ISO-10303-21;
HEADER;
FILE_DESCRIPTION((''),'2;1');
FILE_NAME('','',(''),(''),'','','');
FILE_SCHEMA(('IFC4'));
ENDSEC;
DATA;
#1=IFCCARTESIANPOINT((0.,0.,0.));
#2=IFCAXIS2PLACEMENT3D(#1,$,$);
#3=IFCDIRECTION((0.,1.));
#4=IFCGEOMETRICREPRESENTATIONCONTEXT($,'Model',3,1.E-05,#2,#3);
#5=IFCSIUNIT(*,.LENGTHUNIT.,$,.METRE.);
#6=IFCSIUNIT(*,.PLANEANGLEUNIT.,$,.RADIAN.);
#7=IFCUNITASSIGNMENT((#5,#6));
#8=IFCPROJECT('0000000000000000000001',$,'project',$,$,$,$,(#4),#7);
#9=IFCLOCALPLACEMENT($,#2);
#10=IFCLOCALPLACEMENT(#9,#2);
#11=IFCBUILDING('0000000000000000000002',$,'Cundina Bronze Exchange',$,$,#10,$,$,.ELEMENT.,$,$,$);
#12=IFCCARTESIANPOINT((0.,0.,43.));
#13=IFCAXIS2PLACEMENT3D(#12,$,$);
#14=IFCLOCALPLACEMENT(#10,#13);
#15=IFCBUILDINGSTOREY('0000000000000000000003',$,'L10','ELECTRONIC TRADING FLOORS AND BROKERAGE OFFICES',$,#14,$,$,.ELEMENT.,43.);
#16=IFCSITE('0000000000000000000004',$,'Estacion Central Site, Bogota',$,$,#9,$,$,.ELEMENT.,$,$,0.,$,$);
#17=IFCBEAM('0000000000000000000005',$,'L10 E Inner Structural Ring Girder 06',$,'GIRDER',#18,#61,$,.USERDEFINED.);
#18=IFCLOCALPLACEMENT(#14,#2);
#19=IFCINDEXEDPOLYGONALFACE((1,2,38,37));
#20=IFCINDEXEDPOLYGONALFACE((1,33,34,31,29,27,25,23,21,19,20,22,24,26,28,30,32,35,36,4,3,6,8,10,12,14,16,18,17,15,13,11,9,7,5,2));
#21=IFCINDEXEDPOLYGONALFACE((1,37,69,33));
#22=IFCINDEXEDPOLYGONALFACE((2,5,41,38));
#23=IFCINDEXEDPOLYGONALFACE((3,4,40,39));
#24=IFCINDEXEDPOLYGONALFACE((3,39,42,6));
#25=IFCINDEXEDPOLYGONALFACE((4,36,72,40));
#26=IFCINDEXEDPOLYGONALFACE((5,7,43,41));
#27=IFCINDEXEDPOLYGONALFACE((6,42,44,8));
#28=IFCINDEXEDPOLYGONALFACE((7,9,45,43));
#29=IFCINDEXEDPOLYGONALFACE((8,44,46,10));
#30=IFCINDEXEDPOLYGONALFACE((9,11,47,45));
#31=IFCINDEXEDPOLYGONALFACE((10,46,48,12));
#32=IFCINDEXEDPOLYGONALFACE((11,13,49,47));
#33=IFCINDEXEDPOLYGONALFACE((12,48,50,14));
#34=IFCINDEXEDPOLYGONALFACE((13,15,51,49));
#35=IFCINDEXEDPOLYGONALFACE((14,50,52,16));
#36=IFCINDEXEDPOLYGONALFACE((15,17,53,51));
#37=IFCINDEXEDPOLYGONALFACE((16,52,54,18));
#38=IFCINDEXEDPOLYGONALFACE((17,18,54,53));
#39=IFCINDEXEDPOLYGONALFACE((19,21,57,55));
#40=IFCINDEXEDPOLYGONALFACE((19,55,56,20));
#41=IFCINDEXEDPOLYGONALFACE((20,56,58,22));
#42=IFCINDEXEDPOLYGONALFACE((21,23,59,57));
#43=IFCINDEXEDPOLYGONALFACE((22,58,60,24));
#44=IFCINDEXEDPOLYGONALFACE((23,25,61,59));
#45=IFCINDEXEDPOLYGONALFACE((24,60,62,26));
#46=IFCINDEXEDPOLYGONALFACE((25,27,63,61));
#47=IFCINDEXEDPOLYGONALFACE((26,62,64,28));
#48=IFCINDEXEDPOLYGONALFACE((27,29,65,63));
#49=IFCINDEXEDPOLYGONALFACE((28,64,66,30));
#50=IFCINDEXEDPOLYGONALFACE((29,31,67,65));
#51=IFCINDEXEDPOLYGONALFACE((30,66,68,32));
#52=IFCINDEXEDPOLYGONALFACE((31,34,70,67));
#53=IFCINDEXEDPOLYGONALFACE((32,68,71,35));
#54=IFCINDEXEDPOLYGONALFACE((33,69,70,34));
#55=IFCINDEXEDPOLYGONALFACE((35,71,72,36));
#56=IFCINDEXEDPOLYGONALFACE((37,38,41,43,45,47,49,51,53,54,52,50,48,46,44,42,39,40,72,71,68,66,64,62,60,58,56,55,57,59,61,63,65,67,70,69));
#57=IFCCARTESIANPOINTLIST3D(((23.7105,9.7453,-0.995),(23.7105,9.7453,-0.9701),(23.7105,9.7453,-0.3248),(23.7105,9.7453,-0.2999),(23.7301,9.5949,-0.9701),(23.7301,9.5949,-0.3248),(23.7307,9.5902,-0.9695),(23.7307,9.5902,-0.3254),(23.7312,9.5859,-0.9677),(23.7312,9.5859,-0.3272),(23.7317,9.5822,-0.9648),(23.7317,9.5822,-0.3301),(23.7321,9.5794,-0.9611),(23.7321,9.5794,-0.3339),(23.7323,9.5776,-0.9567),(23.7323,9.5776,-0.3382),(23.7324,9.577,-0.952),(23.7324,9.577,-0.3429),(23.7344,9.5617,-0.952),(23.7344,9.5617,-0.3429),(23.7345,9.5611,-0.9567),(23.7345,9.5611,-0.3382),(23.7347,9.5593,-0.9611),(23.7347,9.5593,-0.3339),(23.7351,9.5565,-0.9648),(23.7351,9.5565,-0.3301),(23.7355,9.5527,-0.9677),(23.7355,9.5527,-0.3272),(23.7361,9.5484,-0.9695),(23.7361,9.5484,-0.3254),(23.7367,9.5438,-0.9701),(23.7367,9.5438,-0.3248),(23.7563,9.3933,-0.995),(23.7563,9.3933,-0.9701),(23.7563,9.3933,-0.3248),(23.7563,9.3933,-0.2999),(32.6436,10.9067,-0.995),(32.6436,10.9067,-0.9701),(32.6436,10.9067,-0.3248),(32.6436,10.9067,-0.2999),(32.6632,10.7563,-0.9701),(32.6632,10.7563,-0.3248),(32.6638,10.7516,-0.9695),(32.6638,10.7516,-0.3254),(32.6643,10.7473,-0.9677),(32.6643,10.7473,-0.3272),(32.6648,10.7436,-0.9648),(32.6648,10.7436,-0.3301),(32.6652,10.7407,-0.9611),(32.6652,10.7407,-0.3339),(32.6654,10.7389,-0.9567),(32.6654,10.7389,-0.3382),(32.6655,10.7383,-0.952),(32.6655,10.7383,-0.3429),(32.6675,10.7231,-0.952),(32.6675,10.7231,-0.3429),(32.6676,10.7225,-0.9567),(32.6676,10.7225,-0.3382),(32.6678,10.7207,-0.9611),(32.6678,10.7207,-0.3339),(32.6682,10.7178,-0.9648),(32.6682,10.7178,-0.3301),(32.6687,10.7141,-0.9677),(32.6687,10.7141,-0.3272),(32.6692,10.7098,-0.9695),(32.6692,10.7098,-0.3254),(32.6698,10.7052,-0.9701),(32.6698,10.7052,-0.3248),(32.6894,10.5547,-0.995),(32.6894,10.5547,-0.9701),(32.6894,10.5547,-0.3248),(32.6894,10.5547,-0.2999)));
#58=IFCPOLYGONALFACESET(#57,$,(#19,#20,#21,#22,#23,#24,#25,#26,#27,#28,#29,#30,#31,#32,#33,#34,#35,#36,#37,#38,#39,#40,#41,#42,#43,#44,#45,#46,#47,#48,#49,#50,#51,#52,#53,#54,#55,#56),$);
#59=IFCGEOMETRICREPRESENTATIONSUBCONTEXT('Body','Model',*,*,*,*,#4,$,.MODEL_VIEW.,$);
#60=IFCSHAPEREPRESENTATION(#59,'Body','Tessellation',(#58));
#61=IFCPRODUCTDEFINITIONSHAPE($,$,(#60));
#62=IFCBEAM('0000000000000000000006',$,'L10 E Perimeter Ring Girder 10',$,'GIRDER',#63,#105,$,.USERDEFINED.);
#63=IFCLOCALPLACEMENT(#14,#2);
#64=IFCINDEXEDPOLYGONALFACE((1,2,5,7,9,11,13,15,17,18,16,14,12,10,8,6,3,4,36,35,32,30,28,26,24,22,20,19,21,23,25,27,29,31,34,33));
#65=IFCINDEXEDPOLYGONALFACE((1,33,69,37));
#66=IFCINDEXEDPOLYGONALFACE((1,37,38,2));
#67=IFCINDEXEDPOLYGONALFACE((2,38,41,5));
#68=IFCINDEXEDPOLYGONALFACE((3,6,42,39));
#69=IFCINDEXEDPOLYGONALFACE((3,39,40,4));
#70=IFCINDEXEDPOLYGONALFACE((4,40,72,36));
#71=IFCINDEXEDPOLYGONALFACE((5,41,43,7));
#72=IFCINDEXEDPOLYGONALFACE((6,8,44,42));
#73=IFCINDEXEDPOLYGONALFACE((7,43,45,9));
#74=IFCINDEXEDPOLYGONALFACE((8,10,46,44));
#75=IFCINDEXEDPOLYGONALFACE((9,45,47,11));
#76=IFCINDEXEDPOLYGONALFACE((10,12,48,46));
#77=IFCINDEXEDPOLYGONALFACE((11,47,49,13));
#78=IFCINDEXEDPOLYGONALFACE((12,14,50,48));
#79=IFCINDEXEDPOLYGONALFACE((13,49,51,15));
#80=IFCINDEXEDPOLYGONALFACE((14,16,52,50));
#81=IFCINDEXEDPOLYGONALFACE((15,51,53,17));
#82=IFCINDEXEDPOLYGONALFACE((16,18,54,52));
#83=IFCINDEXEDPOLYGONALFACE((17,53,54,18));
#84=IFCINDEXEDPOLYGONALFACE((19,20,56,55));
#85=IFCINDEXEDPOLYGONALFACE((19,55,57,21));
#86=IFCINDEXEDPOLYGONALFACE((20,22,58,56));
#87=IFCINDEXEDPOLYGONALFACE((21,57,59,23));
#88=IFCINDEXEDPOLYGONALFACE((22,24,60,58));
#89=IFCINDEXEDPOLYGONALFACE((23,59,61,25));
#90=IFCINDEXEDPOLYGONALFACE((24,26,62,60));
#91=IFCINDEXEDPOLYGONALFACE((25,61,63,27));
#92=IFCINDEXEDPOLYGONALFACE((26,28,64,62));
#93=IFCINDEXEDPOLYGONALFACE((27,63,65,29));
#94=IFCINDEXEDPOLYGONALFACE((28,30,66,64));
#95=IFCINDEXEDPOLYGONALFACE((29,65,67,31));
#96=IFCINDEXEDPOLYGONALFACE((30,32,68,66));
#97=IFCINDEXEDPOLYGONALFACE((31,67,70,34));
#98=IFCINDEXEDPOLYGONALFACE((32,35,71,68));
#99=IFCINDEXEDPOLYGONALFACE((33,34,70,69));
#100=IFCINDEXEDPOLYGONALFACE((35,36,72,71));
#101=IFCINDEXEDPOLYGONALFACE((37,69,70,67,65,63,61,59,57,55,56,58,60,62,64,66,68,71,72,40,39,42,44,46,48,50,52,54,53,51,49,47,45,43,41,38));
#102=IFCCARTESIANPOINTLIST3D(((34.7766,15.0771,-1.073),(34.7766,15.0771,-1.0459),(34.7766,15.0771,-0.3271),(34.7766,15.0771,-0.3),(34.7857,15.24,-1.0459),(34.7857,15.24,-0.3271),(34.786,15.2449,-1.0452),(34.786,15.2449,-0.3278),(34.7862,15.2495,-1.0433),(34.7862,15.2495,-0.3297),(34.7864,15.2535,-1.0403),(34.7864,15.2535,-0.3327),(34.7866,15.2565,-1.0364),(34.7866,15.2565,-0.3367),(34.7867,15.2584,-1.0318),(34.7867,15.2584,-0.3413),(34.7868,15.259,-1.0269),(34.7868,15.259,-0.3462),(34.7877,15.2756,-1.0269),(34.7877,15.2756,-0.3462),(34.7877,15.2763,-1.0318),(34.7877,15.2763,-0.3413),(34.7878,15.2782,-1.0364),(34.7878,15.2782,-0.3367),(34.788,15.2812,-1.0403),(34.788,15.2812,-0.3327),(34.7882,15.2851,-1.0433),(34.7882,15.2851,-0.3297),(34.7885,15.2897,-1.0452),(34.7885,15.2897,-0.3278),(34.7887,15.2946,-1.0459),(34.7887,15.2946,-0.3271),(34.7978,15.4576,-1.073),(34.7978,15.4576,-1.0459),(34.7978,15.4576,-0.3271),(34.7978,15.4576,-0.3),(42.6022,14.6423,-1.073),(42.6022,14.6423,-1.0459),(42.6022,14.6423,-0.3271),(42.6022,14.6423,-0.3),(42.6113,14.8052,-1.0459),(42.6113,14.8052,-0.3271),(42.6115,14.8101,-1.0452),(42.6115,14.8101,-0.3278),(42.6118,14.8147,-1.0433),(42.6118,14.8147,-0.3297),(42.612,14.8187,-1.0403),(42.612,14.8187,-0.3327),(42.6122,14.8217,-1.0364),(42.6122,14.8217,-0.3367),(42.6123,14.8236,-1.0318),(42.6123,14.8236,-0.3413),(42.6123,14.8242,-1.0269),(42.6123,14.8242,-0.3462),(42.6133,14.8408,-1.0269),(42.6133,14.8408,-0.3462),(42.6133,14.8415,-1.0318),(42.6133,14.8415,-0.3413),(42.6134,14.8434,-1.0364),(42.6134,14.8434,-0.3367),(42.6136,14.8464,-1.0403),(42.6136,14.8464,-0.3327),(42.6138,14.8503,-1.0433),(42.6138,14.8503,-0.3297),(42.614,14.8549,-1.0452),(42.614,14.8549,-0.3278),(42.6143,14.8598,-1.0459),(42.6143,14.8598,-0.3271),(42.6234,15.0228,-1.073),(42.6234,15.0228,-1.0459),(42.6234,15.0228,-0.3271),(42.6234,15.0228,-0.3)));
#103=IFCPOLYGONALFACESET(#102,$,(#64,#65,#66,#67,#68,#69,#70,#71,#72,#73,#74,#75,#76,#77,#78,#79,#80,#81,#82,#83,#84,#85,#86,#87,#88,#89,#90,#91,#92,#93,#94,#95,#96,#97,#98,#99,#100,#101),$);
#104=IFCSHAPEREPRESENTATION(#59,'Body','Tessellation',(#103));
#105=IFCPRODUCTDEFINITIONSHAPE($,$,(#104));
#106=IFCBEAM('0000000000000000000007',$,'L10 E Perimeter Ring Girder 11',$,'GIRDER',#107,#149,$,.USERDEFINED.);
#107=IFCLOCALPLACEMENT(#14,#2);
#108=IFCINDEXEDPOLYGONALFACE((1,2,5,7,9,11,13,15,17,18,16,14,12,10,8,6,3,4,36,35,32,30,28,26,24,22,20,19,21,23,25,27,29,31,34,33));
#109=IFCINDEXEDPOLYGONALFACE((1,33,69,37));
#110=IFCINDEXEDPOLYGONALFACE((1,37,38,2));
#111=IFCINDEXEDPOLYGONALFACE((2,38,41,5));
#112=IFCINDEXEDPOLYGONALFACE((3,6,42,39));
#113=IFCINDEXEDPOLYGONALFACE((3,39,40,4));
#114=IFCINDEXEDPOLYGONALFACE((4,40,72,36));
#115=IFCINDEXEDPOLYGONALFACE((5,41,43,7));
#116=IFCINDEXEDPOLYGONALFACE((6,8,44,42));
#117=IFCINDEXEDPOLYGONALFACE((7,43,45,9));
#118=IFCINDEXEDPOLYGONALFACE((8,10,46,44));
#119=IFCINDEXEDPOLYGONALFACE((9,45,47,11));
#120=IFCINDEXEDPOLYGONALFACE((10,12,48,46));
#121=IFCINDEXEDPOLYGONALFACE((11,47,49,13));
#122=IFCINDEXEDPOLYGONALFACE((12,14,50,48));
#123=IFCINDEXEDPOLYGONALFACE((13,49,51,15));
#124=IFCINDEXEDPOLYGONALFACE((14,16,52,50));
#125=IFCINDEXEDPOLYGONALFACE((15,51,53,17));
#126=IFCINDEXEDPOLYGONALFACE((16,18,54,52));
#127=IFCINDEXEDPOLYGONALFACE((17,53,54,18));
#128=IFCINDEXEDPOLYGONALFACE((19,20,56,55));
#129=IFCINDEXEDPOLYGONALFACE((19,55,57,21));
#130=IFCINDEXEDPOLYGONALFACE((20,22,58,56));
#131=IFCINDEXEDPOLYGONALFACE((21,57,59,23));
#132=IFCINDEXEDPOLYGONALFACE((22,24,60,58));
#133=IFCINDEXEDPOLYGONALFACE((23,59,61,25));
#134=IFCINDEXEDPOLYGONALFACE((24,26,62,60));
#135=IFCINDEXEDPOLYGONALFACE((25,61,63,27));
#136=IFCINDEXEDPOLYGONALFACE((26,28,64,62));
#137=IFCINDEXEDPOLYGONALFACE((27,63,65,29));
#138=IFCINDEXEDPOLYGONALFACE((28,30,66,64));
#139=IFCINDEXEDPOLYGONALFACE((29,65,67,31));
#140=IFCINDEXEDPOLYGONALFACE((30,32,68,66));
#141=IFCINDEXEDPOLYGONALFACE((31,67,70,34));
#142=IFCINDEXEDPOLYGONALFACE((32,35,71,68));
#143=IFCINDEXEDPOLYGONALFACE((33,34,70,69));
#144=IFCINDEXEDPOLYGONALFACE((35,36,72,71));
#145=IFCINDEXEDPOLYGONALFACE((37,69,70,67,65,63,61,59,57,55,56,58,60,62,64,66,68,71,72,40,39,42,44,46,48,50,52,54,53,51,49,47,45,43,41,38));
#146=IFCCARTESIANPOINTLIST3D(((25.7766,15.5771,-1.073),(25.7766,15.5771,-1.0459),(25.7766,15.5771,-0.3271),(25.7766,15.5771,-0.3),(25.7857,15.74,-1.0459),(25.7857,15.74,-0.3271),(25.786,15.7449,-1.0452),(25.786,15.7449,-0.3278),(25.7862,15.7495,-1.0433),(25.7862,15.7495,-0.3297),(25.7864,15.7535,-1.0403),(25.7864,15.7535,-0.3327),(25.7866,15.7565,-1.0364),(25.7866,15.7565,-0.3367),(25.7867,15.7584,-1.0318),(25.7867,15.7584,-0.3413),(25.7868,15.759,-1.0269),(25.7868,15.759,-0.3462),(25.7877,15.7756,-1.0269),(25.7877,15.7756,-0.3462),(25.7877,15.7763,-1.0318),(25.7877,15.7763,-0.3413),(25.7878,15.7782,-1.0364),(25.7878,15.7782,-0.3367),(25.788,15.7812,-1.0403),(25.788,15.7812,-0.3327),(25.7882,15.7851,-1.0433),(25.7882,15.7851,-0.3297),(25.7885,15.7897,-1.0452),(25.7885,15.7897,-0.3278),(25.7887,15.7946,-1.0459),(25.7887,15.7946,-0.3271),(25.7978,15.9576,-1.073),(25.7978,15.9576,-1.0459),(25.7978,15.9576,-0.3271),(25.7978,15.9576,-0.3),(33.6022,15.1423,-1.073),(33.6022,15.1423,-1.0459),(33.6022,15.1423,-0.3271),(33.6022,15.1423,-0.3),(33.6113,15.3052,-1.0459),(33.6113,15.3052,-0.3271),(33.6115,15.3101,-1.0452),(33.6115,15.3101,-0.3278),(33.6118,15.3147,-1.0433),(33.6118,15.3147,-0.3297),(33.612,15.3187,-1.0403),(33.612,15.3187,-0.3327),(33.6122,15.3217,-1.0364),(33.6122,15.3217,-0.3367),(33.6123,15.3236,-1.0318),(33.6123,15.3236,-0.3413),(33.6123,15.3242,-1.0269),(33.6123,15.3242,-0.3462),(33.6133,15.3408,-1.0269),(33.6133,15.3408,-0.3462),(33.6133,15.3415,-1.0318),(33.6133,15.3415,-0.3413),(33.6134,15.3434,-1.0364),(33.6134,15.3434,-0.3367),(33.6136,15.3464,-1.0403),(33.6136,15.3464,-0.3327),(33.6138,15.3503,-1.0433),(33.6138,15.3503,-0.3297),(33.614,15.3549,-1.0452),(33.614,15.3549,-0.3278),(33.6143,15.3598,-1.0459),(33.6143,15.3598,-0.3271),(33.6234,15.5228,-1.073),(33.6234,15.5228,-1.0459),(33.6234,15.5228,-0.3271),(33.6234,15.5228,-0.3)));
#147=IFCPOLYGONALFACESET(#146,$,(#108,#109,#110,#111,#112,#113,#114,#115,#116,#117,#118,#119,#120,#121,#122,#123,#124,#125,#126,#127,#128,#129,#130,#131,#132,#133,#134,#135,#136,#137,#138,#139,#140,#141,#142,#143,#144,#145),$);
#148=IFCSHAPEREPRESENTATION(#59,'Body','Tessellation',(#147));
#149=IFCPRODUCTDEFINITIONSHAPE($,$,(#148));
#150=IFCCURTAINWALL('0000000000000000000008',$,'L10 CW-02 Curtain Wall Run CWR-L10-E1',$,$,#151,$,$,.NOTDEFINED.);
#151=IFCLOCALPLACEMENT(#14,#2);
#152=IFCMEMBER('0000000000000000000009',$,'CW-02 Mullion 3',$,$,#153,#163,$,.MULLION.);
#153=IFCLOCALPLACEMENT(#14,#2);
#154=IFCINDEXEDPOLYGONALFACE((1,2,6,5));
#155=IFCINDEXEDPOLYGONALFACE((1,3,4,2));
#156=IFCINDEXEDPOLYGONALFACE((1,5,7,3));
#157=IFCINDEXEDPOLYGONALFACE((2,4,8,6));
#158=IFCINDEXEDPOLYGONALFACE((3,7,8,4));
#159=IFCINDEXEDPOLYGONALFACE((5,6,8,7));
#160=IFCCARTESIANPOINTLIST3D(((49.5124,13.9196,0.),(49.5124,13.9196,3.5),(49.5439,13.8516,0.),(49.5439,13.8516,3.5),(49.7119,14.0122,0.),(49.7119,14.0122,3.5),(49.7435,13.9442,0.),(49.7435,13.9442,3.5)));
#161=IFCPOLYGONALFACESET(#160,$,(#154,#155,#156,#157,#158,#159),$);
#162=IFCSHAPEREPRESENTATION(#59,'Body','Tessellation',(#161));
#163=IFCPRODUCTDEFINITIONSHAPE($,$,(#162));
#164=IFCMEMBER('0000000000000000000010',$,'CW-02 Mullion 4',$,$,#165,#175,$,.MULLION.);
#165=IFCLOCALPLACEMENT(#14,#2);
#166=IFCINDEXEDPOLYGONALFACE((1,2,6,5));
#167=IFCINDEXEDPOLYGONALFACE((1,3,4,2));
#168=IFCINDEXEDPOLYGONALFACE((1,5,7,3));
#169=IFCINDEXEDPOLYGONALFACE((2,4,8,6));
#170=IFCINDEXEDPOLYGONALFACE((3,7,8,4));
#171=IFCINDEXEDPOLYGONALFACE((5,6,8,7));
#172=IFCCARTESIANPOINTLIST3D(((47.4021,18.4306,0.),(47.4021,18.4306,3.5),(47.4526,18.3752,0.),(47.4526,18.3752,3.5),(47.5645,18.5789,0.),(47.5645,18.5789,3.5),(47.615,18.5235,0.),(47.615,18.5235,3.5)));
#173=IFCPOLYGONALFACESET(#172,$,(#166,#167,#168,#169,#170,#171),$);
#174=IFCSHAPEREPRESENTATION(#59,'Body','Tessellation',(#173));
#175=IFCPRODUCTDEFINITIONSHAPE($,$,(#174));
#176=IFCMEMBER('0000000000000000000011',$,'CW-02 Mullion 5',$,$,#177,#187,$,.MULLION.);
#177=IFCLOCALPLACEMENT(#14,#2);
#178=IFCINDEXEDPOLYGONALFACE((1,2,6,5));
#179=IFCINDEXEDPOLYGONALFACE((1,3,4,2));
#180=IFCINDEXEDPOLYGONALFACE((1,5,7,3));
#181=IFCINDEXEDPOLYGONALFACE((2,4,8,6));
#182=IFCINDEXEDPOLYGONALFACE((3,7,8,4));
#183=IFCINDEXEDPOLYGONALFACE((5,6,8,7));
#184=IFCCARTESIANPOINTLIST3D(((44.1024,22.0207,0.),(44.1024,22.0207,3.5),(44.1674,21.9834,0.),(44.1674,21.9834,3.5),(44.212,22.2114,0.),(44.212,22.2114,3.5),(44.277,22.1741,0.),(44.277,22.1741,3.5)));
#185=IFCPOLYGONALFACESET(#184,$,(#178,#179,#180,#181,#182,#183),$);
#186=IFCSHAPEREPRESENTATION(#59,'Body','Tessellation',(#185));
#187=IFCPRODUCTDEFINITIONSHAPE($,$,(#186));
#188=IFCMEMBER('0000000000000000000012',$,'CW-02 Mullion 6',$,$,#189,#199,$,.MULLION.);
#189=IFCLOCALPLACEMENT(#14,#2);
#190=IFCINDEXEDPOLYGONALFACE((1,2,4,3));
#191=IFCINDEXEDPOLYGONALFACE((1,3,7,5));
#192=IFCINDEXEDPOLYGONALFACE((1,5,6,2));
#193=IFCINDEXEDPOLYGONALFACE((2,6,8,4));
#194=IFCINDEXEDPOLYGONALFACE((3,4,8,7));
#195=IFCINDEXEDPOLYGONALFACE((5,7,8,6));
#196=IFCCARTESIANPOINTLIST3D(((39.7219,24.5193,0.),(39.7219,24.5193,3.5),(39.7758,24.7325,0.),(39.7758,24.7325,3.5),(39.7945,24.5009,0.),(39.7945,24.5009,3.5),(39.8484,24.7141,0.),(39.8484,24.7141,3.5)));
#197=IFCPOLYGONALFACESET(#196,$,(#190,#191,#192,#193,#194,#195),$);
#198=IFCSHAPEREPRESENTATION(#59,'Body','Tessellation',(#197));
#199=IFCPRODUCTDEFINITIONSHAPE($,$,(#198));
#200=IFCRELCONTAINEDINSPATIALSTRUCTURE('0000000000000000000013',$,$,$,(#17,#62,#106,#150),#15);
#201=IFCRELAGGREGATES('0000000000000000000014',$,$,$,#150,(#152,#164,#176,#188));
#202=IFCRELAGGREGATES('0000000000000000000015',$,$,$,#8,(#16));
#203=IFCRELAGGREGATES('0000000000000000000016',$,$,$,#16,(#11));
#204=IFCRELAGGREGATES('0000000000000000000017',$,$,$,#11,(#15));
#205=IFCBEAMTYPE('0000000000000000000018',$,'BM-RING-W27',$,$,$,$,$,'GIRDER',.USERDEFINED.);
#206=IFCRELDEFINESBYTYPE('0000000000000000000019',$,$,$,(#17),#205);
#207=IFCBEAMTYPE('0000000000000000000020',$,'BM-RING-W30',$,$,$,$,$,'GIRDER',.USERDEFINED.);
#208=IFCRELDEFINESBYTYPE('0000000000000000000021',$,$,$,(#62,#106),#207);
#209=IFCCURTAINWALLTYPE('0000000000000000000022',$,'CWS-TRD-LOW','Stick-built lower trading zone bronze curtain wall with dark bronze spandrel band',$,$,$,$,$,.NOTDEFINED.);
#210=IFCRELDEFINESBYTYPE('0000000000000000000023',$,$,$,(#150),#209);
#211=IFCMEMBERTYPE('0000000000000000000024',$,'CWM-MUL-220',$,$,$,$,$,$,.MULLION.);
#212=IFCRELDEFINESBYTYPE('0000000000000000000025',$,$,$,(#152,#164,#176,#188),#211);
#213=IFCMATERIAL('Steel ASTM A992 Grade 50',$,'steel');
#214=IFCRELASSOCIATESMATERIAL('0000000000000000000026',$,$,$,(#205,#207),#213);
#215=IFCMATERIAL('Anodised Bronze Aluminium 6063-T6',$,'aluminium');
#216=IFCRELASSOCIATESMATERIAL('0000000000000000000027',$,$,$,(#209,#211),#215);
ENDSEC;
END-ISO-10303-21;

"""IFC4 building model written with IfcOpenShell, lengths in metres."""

from ifc_helpers import new_model, si_unit, direction, frame, origin, origin_2d, place, context, subcontext, project, spatial, rectangle, i_section, extrude, material, material_profile, profile_set, type_object, element, aggregate, save


model = new_model("IFC4")

# Units and contexts
model_context = context("Model", 3, precision=1e-05, world=origin(), true_north=direction((0.0, 1.0)))
body_context = subcontext(model_context, "Body", "Model", "MODEL_VIEW")
ifc_project = project(units=[si_unit("LENGTHUNIT", "METRE"), si_unit("PLANEANGLEUNIT", "RADIAN")], contexts=[model_context])

# Site, building, storey
site_placement = place(None, origin())
site = spatial("IfcSite", under=ifc_project, at=site_placement, Name="Estacion Central Site, Bogota", CompositionType="ELEMENT", RefElevation=0.0)
building_placement = place(site_placement, origin())
building = spatial("IfcBuilding", under=site, at=building_placement, Name="Cundina Bronze Exchange", CompositionType="ELEMENT")
storey_placement = place(building_placement, frame((0.0, 0.0, 43.0)))
storey = spatial("IfcBuildingStorey", under=building, at=storey_placement, Name="L10", Description="ELECTRONIC TRADING FLOORS AND BROKERAGE OFFICES", CompositionType="ELEMENT", Elevation=43.0)

# Beams
ifc_material_1 = material(Name="Steel ASTM A992 Grade 50", Category="steel")
ifc_material_profile_1 = material_profile(ifc_material_1, i_section(OverallWidth=0.355, OverallDepth=0.6951, WebThickness=0.0154, FlangeThickness=0.0249, FilletRadius=0.0181, at=origin_2d()), Name="W27X146", Category="steel")
ifc_profile_set_1 = profile_set([ifc_material_profile_1], Name="Steel ASTM A992 Grade 50")
beam_type_1 = type_object("IfcBeamType", Name="BM-RING-W27", ElementType="GIRDER", PredefinedType="USERDEFINED", material=ifc_profile_set_1)
beam_1_placement = place(storey_placement, frame((32.6665, 10.7307, -0.6475), z_axis=(-0.991655, -0.128923, 0.0), x_axis=(0.128923, -0.991655, 0.0)))
element("IfcBeam", 1, at=beam_1_placement, inside=storey, type_object=beam_type_1, Name="L10 E Inner Structural Ring Girder 06", ObjectType="GIRDER", PredefinedType="USERDEFINED", context=body_context, shape_type="SweptSolid", body=[
    extrude(i_section(OverallWidth=0.355, OverallDepth=0.6951, WebThickness=0.0154, FlangeThickness=0.0249, FilletRadius=0.0181, at=origin_2d()), origin(), (0.0, 0.0, 1.0), 9.0083),
])
ifc_material_profile_2 = material_profile(ifc_material_1, i_section(OverallWidth=0.3811, OverallDepth=0.7729, WebThickness=0.0166, FlangeThickness=0.0271, FilletRadius=0.019, at=origin_2d()), Name="W30X173", Category="steel")
ifc_profile_set_2 = profile_set([ifc_material_profile_2], Name="Steel ASTM A992 Grade 50")
beam_type_2 = type_object("IfcBeamType", Name="BM-RING-W30", ElementType="GIRDER", PredefinedType="USERDEFINED", material=ifc_profile_set_2)
for number, where, z_axis, x_axis, name in (
    (2, (42.6128, 14.8325, -0.6865), (-0.99846, 0.055477, 0.0), (-0.055477, -0.99846, 0.0), "L10 E Perimeter Ring Girder 10"),
    (3, (33.6128, 15.3325, -0.6865), (-0.99846, 0.055477, 0.0), (-0.055477, -0.99846, 0.0), "L10 E Perimeter Ring Girder 11"),
):
    element("IfcBeam", number, at=place(storey_placement, frame(where, z_axis=z_axis, x_axis=x_axis)), inside=storey, type_object=beam_type_2, Name=name, ObjectType="GIRDER", PredefinedType="USERDEFINED", context=body_context, shape_type="SweptSolid", body=[
        extrude(i_section(OverallWidth=0.3811, OverallDepth=0.7729, WebThickness=0.0166, FlangeThickness=0.0271, FilletRadius=0.019, at=origin_2d()), origin(), (0.0, 0.0, 1.0), 7.8376),
    ])

# Curtain wall, members
ifc_material_2 = material(Name="Anodised Bronze Aluminium 6063-T6", Category="aluminium")
curtain_wall_type = type_object("IfcCurtainWallType", Name="CWS-TRD-LOW", Description="Stick-built lower trading zone bronze curtain wall with dark bronze spandrel band", PredefinedType="NOTDEFINED", material=ifc_material_2)
curtain_wall_placement = place(storey_placement, origin())
curtain_wall = element("IfcCurtainWall", 4, at=curtain_wall_placement, inside=storey, type_object=curtain_wall_type, Name="L10 CW-02 Curtain Wall Run CWR-L10-E1", PredefinedType="NOTDEFINED")
ifc_material_profile_3 = material_profile(ifc_material_2, rectangle(XDim=0.075, YDim=0.22, at=origin_2d()), Name="AL75X220", Category="aluminium")
ifc_profile_set_3 = profile_set([ifc_material_profile_3], Name="Anodised Bronze Aluminium 6063-T6")
member_type_1 = type_object("IfcMemberType", Name="CWM-MUL-220", PredefinedType="MULLION", material=ifc_profile_set_3)
member_1_placement = place(storey_placement, frame((49.6279, 13.9319, 0.0), z_axis=(0.0, 0.0, 1.0), x_axis=(-0.420877, 0.907117, 0.0)))
member_1 = element("IfcMember", 5, at=member_1_placement, type_object=member_type_1, Name="CW-02 Mullion 3", PredefinedType="MULLION", context=body_context, shape_type="SweptSolid", body=[
    extrude(rectangle(XDim=0.075, YDim=0.22, at=origin_2d()), origin(), (0.0, 0.0, 1.0), 3.5),
])
member_2_placement = place(storey_placement, frame((47.5085, 18.4771, 0.0), z_axis=(0.0, 0.0, 1.0), x_axis=(-0.674302, 0.738455, 0.0)))
member_2 = element("IfcMember", 6, at=member_2_placement, type_object=member_type_1, Name="CW-02 Mullion 4", PredefinedType="MULLION", context=body_context, shape_type="SweptSolid", body=[
    extrude(rectangle(XDim=0.075, YDim=0.22, at=origin_2d()), origin(), (0.0, 0.0, 1.0), 3.5),
])
member_3_placement = place(storey_placement, frame((44.1897, 22.0974, 0.0), z_axis=(0.0, 0.0, 1.0), x_axis=(-0.867071, 0.498185, 0.0)))
member_3 = element("IfcMember", 7, at=member_3_placement, type_object=member_type_1, Name="CW-02 Mullion 5", PredefinedType="MULLION", context=body_context, shape_type="SweptSolid", body=[
    extrude(rectangle(XDim=0.075, YDim=0.22, at=origin_2d()), origin(), (0.0, 0.0, 1.0), 3.5),
])
member_4_placement = place(storey_placement, frame((39.7852, 24.6167, 0.0), z_axis=(0.0, 0.0, 1.0), x_axis=(-0.969488, 0.245138, 0.0)))
member_4 = element("IfcMember", 8, at=member_4_placement, type_object=member_type_1, Name="CW-02 Mullion 6", PredefinedType="MULLION", context=body_context, shape_type="SweptSolid", body=[
    extrude(rectangle(XDim=0.075, YDim=0.22, at=origin_2d()), origin(), (0.0, 0.0, 1.0), 3.5),
])
aggregate(curtain_wall, [member_1, member_2, member_3, member_4])

save(model, "model.ifc")
